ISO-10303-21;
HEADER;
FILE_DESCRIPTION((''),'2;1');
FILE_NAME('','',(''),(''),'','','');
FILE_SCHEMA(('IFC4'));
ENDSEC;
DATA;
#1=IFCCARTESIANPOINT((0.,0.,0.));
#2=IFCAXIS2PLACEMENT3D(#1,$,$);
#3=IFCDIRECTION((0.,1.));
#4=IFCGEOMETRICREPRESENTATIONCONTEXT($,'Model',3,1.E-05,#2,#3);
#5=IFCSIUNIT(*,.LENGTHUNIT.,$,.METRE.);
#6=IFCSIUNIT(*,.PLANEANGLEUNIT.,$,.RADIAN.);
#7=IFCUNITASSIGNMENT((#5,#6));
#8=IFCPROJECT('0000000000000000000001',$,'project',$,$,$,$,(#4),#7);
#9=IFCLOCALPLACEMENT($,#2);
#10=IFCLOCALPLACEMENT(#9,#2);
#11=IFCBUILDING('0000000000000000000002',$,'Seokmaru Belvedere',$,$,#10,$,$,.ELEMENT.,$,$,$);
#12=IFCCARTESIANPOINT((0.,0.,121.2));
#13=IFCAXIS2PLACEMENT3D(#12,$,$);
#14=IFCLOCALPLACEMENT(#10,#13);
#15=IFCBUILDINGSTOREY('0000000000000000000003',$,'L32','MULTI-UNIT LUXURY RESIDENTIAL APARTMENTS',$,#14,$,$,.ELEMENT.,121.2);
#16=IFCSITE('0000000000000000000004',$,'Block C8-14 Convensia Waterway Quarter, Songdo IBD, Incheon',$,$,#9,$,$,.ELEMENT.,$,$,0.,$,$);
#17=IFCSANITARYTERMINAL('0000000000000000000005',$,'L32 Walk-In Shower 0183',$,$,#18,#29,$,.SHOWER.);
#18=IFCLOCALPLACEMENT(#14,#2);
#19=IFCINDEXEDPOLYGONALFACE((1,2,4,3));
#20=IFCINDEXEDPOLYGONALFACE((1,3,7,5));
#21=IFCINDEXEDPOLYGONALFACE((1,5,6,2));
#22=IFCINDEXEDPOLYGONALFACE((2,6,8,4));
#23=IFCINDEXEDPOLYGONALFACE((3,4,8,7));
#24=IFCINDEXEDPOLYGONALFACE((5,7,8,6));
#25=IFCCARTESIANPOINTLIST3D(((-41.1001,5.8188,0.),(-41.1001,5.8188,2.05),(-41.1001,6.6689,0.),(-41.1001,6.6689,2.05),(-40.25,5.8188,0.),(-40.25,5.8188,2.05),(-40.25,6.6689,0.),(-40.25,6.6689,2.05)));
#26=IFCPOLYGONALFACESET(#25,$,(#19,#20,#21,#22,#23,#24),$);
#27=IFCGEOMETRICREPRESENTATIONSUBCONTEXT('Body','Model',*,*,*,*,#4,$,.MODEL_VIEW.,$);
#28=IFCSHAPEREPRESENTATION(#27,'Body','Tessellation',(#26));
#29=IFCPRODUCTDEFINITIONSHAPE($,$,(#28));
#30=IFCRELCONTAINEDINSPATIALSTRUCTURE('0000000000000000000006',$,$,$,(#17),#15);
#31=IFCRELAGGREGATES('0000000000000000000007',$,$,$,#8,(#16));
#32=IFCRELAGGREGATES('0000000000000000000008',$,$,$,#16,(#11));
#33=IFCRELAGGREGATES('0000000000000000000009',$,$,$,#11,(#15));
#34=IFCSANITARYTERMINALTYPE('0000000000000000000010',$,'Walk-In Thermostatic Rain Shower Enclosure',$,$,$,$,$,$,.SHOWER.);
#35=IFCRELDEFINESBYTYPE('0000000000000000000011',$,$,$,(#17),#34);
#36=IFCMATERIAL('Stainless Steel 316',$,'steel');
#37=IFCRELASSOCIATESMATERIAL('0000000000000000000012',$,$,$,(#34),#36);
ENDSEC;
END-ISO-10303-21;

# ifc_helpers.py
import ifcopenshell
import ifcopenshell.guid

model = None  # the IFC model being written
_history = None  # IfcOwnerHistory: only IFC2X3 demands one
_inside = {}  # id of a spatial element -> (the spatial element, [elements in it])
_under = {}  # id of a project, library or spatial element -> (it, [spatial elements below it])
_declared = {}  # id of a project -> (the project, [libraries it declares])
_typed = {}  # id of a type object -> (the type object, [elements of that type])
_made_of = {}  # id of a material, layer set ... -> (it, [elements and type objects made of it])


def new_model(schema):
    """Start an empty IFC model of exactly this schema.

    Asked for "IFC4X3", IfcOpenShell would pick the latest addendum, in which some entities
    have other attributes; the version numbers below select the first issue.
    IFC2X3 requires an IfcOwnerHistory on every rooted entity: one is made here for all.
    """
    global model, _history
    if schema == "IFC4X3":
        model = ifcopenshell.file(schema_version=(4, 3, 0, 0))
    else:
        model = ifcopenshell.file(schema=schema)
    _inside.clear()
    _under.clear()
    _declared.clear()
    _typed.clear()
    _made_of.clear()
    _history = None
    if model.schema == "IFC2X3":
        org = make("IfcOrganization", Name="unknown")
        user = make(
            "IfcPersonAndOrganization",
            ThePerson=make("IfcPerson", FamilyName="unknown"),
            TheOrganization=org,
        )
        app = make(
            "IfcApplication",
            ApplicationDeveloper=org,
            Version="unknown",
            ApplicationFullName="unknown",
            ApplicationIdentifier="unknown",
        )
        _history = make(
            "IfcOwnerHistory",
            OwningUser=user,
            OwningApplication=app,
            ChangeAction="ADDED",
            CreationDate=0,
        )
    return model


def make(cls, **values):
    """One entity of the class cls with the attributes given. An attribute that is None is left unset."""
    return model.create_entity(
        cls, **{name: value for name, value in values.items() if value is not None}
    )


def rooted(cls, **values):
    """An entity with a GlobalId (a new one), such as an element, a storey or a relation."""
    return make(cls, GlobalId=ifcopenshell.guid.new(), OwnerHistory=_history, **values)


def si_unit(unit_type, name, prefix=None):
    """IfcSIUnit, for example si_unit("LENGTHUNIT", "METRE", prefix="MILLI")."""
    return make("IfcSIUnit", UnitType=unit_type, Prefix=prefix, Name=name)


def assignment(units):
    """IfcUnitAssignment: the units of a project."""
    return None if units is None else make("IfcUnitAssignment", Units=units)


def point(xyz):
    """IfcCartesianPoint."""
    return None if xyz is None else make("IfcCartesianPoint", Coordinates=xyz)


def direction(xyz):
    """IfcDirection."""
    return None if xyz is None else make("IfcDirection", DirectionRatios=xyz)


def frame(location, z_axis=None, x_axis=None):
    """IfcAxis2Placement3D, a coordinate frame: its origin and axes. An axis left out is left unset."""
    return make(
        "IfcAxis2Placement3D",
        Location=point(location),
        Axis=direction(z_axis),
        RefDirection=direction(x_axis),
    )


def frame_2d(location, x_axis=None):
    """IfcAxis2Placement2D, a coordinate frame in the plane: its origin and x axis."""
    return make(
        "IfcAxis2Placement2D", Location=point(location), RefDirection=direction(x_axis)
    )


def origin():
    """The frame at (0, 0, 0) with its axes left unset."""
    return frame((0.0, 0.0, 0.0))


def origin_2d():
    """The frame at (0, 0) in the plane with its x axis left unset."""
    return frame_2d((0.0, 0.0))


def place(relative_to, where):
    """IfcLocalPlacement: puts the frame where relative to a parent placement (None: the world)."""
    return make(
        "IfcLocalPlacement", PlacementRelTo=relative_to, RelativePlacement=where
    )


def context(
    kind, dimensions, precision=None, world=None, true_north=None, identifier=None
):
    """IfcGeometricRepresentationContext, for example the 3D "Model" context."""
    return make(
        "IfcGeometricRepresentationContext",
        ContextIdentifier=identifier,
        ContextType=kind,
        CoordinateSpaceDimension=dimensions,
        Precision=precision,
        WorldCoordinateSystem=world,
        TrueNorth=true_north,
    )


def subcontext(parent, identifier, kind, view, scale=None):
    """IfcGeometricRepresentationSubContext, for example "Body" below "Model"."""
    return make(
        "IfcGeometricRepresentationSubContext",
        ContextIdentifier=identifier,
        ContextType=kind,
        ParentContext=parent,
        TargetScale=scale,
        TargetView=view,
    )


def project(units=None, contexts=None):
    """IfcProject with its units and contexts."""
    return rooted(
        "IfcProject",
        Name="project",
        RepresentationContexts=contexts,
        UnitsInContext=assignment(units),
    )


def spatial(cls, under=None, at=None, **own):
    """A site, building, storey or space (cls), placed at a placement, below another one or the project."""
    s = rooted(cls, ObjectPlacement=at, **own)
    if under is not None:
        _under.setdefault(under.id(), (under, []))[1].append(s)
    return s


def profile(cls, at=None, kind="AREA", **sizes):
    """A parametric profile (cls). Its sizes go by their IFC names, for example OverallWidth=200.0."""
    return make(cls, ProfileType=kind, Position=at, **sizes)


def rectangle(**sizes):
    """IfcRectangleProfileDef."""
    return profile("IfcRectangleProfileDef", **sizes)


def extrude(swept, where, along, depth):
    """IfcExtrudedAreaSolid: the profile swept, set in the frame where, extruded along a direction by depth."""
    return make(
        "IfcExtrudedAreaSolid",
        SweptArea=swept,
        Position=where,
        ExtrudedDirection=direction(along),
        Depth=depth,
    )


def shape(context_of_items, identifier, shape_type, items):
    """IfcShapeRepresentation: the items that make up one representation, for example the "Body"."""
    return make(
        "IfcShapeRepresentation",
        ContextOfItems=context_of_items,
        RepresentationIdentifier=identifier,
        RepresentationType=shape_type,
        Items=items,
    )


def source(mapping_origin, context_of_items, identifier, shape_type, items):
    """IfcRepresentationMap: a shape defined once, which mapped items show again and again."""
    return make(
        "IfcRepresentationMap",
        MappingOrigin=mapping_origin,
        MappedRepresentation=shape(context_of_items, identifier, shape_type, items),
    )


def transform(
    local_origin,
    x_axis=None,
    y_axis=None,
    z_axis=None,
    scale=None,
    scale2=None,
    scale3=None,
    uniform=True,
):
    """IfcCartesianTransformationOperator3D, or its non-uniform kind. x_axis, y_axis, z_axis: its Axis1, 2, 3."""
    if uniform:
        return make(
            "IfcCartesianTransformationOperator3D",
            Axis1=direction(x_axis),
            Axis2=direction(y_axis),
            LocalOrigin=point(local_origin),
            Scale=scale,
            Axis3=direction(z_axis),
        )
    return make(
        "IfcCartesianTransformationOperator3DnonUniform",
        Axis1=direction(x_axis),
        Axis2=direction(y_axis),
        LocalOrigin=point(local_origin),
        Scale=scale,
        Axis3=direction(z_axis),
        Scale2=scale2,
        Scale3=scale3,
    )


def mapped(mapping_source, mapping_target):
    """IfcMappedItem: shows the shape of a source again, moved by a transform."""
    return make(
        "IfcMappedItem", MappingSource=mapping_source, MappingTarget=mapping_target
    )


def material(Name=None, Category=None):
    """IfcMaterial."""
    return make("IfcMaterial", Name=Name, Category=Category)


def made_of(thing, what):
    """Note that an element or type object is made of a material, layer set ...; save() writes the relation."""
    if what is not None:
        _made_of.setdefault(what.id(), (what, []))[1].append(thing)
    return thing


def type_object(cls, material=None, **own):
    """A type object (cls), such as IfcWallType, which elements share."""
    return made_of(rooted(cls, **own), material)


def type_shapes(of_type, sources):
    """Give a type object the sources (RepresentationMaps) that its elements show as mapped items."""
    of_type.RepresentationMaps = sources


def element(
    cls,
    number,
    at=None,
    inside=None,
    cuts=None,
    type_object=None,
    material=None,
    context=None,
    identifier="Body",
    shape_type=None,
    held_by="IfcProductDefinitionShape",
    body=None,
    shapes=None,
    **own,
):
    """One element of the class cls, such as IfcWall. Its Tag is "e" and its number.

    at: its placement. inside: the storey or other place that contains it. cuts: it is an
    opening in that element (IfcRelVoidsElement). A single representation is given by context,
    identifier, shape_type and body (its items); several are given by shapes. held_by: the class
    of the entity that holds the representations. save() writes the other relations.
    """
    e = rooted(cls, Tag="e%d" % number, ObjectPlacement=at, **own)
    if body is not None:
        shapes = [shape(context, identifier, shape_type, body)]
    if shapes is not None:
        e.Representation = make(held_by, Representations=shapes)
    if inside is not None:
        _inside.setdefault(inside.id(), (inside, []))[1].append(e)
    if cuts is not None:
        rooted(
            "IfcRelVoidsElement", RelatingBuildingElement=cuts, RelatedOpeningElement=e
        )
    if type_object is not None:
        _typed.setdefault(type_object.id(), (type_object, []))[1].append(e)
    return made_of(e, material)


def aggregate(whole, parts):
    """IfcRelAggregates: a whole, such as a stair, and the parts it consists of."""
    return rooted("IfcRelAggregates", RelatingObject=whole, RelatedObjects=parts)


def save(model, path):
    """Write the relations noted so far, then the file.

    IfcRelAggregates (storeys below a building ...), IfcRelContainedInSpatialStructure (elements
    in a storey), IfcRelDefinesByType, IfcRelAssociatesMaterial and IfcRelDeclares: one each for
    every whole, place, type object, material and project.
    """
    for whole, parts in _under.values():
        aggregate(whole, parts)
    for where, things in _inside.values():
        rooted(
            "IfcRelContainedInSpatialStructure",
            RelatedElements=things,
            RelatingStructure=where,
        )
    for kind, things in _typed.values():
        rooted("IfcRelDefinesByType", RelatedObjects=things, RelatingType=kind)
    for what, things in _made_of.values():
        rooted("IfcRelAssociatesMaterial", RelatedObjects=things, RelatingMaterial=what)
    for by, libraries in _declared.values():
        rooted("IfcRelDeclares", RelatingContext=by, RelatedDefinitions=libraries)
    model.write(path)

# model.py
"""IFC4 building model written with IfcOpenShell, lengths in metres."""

from ifc_helpers import new_model, si_unit, direction, frame, origin, origin_2d, place, context, subcontext, project, spatial, rectangle, extrude, source, transform, mapped, material, type_object, type_shapes, element, save


model = new_model("IFC4")

# Units and contexts
model_context = context("Model", 3, precision=1e-05, world=origin(), true_north=direction((0.0, 1.0)))
body_context = subcontext(model_context, "Body", "Model", "MODEL_VIEW")
ifc_project = project(units=[si_unit("LENGTHUNIT", "METRE"), si_unit("PLANEANGLEUNIT", "RADIAN")], contexts=[model_context])

# Site, building, storey
site_placement = place(None, origin())
site = spatial("IfcSite", under=ifc_project, at=site_placement, Name="Block C8-14 Convensia Waterway Quarter, Songdo IBD, Incheon", CompositionType="ELEMENT", RefElevation=0.0)
building_placement = place(site_placement, origin())
building = spatial("IfcBuilding", under=site, at=building_placement, Name="Seokmaru Belvedere", CompositionType="ELEMENT")
storey_placement = place(building_placement, frame((0.0, 0.0, 121.2)))
storey = spatial("IfcBuildingStorey", under=building, at=storey_placement, Name="L32", Description="MULTI-UNIT LUXURY RESIDENTIAL APARTMENTS", CompositionType="ELEMENT", Elevation=121.2)

# Sanitary terminal
ifc_material_1 = material(Name="Stainless Steel 316", Category="steel")
sanitary_terminal_type_1 = type_object("IfcSanitaryTerminalType", Name="Walk-In Thermostatic Rain Shower Enclosure", PredefinedType="SHOWER", material=ifc_material_1)
shared_shape_1 = source(origin(), body_context, "Body", "SweptSolid", [
    extrude(rectangle(XDim=0.8501, YDim=0.8501, at=origin_2d()), origin(), (0.0, 0.0, 1.0), 2.05),
])
type_shapes(sanitary_terminal_type_1, [shared_shape_1])
sanitary_terminal_1_placement = place(storey_placement, frame((-40.675, 6.2439, 0.0), z_axis=(0.0, 0.0, 1.0), x_axis=(1.0, 0.0, 0.0)))
element("IfcSanitaryTerminal", 1, at=sanitary_terminal_1_placement, inside=storey, type_object=sanitary_terminal_type_1, Name="L32 Walk-In Shower 0183", PredefinedType="SHOWER", context=body_context, shape_type="MappedRepresentation", body=[
    mapped(shared_shape_1, transform((0.0, 0.0, 0.0), scale=1.0)),
])

save(model, "model.ifc")
